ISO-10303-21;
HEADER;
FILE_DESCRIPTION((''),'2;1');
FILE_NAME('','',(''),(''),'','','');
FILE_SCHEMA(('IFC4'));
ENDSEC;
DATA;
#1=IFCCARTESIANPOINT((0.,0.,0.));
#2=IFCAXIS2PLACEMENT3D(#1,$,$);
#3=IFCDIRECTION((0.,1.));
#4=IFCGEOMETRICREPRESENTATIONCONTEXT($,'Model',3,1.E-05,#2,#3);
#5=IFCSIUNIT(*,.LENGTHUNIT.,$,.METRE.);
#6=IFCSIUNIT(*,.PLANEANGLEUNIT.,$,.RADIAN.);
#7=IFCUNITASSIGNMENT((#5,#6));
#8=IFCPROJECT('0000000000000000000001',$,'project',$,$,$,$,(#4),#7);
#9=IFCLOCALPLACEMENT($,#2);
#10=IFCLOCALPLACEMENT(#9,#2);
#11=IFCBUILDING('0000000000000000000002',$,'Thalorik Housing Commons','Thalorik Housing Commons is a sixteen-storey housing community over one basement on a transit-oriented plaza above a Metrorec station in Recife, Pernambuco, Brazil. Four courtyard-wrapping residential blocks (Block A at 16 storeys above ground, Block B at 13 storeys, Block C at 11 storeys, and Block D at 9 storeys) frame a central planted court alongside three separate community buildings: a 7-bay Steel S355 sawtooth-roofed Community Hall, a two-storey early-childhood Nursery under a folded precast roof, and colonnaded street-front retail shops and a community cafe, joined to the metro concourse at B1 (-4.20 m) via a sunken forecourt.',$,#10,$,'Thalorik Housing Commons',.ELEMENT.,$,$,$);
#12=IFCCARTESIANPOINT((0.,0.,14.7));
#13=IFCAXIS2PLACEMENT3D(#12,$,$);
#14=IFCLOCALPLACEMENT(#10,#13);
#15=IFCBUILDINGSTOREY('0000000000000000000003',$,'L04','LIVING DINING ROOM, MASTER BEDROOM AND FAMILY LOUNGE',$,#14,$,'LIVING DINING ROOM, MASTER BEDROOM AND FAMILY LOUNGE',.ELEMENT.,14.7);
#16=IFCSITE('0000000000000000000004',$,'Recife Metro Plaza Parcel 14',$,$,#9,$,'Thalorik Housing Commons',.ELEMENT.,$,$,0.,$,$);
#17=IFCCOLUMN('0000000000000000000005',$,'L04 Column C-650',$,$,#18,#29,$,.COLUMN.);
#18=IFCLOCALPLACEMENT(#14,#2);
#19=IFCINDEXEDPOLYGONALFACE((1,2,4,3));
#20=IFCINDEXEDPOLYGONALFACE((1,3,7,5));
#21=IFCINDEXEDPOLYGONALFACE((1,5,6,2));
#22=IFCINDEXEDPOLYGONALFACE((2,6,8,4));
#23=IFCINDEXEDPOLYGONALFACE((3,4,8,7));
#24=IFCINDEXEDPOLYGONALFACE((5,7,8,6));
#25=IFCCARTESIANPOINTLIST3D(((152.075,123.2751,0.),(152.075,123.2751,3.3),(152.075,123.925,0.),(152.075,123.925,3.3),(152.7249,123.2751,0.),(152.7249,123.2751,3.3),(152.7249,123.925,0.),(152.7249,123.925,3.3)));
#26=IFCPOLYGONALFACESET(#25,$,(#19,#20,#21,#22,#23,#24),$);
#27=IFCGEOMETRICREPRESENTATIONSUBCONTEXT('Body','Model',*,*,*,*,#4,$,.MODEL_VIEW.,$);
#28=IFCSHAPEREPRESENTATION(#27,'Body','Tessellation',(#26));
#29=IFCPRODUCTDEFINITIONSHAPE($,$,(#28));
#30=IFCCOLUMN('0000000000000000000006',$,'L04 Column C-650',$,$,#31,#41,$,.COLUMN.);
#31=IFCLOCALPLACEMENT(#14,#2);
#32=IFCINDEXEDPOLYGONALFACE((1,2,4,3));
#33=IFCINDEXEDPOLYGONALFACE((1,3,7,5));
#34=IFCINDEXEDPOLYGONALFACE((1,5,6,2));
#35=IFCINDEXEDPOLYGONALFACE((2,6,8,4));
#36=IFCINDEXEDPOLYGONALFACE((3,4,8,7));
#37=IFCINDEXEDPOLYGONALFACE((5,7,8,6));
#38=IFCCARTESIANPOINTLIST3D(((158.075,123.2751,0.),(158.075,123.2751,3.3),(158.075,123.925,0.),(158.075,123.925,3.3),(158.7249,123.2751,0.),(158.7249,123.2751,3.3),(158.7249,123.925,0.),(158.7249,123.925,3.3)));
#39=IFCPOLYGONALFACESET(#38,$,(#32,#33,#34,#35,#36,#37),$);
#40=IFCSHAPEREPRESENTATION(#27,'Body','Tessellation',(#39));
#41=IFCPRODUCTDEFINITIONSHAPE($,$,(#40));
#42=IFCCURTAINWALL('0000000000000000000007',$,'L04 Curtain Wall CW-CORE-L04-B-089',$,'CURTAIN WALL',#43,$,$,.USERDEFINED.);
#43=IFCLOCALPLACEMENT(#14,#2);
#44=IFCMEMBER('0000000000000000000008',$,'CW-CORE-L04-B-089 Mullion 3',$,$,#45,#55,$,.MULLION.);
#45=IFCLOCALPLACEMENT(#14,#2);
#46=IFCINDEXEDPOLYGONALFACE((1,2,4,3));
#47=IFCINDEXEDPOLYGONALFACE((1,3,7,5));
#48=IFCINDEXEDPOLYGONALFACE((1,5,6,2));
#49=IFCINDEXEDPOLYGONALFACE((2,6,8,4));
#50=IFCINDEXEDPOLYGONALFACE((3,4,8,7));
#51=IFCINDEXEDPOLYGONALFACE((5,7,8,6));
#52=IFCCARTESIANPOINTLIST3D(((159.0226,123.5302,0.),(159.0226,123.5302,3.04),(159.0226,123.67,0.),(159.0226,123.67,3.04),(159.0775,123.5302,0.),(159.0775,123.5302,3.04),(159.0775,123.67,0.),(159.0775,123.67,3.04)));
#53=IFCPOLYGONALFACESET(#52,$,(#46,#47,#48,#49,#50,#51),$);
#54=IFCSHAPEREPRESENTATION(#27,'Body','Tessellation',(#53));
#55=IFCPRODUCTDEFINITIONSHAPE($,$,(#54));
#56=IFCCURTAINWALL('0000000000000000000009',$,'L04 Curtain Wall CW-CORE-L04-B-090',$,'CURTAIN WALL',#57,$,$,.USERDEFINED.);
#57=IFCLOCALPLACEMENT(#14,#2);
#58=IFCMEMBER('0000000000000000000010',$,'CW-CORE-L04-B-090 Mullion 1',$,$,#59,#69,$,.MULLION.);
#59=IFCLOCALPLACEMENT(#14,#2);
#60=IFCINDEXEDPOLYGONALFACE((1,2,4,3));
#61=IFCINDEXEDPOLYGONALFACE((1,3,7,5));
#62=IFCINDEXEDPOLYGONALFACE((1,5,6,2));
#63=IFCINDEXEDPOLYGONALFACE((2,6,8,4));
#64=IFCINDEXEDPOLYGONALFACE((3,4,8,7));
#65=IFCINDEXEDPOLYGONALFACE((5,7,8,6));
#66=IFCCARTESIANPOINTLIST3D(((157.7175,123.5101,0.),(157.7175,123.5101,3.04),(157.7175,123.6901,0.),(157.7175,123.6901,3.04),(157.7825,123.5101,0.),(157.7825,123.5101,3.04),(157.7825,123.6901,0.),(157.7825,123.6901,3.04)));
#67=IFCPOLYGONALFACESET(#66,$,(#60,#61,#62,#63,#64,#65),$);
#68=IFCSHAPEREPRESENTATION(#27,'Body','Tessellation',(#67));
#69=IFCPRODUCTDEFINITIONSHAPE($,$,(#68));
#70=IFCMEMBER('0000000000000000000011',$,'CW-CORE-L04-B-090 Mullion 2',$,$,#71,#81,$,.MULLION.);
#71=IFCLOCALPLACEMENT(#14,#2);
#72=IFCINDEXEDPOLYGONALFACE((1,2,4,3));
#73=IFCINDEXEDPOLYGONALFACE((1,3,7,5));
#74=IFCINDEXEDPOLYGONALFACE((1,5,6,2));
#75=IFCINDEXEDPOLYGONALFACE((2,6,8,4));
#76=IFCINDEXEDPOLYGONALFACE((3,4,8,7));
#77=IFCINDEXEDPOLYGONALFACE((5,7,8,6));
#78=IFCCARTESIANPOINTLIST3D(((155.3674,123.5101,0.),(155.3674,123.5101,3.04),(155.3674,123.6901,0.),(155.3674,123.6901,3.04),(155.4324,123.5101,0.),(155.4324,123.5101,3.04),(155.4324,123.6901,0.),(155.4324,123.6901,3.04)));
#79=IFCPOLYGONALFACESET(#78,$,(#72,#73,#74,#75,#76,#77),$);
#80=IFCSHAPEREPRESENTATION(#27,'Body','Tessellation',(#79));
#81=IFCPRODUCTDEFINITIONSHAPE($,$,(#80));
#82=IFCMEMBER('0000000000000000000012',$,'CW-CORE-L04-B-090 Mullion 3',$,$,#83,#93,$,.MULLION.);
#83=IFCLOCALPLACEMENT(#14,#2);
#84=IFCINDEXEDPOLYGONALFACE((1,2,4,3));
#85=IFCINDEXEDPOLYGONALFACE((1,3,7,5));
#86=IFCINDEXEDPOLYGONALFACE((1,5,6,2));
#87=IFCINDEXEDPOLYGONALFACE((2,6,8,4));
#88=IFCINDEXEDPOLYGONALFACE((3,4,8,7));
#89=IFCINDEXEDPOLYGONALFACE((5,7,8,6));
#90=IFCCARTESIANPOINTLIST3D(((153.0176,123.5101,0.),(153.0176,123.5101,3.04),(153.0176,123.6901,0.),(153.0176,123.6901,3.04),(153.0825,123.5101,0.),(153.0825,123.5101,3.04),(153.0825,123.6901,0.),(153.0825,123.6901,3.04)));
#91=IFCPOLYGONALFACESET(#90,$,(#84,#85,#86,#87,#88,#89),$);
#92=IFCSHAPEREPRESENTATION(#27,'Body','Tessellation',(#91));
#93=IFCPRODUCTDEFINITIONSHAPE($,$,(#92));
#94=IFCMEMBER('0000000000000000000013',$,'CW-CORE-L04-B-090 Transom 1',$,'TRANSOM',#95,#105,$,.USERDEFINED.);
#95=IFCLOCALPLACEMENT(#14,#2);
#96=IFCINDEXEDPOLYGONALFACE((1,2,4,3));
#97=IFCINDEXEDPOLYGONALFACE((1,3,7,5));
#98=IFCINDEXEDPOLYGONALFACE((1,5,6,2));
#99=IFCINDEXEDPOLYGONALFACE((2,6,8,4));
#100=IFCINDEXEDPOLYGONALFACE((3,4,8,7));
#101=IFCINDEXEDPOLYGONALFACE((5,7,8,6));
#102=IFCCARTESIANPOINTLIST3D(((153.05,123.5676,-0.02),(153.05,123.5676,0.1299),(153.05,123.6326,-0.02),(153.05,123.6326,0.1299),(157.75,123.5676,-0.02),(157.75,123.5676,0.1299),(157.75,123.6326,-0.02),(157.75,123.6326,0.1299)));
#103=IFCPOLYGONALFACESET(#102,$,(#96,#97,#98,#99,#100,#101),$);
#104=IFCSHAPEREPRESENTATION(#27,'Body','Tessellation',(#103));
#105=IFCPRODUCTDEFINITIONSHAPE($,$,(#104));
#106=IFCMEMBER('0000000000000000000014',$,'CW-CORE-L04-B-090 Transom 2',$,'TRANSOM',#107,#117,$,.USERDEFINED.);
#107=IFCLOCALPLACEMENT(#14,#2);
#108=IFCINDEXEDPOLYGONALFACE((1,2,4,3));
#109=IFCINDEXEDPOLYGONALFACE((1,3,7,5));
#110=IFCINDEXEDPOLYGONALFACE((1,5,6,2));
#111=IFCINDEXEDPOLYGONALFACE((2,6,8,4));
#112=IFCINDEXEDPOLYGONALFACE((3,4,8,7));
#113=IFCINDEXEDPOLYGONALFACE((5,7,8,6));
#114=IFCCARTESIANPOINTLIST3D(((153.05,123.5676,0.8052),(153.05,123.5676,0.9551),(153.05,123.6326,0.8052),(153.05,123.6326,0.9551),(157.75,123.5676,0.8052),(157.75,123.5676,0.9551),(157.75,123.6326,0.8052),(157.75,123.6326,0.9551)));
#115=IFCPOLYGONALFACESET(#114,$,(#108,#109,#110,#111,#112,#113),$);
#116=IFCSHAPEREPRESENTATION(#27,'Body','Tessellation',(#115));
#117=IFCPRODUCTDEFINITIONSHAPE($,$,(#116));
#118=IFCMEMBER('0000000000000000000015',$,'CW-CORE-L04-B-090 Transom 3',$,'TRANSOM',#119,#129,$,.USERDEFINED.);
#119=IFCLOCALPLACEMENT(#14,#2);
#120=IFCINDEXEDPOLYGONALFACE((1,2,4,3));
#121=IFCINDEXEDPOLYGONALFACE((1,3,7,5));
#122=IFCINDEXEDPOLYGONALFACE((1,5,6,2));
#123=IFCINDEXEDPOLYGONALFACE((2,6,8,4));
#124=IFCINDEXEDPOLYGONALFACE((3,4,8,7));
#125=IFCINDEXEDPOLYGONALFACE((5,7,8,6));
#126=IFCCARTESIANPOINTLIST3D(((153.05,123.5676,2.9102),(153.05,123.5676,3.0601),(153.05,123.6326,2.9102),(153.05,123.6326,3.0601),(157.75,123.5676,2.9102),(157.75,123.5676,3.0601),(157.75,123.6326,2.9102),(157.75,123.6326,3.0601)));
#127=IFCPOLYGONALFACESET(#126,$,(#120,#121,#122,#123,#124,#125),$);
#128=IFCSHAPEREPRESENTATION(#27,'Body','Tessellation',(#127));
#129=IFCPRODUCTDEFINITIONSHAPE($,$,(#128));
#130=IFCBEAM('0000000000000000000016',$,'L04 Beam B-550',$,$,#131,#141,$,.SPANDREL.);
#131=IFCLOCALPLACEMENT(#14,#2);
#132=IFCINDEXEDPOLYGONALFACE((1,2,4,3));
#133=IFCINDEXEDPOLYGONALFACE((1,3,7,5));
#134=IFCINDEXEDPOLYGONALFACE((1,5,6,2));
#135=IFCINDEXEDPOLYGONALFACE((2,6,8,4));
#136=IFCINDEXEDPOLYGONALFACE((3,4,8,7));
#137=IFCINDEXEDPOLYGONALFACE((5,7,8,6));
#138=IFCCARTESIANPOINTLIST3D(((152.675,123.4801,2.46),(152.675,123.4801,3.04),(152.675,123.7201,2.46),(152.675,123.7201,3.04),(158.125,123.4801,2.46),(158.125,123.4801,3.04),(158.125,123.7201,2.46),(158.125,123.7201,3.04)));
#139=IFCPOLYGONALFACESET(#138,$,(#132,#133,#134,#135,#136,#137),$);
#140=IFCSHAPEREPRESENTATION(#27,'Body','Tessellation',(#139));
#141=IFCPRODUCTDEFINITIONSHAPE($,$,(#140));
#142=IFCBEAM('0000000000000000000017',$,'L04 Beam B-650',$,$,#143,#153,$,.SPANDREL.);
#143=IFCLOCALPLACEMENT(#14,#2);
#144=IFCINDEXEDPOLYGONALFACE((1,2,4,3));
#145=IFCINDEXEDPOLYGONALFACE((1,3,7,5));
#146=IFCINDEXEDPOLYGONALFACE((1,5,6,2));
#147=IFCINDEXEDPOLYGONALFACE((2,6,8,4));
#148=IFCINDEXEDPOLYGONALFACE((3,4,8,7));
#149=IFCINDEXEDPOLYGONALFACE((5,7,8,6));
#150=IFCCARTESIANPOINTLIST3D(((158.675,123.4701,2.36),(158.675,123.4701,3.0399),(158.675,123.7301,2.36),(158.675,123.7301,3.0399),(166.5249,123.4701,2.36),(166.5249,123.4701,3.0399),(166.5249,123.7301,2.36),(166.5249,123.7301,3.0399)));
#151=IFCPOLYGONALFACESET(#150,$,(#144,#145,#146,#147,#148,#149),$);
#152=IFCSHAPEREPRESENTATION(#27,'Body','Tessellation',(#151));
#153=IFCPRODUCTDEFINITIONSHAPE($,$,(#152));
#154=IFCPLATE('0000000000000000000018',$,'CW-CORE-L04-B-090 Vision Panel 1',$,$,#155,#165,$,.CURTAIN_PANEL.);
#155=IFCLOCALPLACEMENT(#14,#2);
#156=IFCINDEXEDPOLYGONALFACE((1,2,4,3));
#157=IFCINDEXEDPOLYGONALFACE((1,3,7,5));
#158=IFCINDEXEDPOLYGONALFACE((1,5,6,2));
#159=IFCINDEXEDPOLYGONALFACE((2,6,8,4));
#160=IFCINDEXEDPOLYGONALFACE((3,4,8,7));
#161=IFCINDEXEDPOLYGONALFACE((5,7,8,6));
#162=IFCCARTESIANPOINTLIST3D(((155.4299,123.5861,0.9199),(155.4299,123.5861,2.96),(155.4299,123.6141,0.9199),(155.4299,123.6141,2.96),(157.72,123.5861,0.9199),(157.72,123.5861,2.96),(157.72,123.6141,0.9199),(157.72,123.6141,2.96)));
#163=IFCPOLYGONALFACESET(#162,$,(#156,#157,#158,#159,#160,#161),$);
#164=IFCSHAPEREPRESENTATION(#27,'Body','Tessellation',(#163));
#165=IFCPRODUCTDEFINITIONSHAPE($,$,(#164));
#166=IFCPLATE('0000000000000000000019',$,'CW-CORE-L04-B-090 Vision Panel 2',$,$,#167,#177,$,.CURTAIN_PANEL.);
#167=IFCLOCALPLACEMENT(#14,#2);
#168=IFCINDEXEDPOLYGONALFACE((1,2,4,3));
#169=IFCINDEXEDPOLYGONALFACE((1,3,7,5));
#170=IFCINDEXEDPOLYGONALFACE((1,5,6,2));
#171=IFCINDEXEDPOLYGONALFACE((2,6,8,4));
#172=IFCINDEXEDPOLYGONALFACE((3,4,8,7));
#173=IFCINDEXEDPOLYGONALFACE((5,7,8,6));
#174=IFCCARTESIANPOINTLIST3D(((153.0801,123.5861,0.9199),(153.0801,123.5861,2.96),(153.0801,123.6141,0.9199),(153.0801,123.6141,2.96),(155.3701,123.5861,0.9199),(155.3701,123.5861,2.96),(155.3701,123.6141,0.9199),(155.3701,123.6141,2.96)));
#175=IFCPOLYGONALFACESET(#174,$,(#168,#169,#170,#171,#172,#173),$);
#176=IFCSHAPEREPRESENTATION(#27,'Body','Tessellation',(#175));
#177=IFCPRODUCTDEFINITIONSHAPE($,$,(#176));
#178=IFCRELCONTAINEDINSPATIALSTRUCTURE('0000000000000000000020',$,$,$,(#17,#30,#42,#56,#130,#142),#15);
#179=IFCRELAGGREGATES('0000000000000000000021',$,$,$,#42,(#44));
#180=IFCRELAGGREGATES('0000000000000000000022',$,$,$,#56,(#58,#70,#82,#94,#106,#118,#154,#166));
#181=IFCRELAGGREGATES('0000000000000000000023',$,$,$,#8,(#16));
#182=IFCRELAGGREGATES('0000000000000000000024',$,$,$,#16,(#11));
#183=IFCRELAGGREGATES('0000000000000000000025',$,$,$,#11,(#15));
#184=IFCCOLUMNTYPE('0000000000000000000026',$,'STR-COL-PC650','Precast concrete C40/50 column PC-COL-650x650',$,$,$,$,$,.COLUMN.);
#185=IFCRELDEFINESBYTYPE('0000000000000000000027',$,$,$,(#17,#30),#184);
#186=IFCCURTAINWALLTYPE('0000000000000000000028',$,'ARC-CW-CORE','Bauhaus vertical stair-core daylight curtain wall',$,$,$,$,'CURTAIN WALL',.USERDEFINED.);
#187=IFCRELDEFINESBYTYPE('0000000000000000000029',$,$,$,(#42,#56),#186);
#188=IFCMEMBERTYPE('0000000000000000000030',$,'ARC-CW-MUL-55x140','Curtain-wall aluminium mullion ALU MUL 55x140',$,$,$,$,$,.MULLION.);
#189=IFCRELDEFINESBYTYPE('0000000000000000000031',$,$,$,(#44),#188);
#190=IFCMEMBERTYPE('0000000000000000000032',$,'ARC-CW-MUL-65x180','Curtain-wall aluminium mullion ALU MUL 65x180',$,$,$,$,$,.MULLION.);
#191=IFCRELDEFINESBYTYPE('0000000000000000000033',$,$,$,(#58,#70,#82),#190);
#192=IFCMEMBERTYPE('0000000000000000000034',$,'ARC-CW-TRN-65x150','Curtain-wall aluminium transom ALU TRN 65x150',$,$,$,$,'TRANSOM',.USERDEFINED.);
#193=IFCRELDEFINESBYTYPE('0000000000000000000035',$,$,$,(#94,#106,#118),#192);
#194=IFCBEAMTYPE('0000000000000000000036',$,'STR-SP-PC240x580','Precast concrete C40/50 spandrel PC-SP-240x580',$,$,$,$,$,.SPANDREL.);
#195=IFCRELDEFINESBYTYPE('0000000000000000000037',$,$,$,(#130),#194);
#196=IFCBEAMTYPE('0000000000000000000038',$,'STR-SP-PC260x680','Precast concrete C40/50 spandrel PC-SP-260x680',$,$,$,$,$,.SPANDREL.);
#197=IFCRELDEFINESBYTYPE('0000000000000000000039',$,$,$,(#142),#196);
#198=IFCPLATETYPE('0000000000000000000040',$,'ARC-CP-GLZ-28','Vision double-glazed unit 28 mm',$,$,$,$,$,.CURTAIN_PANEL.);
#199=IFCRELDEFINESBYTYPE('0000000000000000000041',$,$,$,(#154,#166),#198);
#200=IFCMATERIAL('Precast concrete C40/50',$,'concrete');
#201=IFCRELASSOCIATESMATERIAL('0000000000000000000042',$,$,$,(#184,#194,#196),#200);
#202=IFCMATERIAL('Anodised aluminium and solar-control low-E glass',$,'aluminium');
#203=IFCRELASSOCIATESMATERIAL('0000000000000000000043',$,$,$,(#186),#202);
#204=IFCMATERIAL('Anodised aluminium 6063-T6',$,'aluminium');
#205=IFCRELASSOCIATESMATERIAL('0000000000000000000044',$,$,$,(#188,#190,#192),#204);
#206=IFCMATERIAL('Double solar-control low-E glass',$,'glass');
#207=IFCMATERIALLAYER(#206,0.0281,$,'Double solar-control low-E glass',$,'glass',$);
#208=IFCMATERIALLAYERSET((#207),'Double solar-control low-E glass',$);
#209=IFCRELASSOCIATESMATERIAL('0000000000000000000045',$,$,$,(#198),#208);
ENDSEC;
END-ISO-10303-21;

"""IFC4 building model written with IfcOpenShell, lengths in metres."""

from ifc_helpers import new_model, si_unit, direction, frame, origin, origin_2d, place, context, subcontext, project, spatial, rectangle, extrude, material, layer, layer_set, material_profile, profile_set, type_object, element, aggregate, save


model = new_model("IFC4")

# Units and contexts
model_context = context("Model", 3, precision=1e-05, world=origin(), true_north=direction((0.0, 1.0)))
body_context = subcontext(model_context, "Body", "Model", "MODEL_VIEW")
ifc_project = project(units=[si_unit("LENGTHUNIT", "METRE"), si_unit("PLANEANGLEUNIT", "RADIAN")], contexts=[model_context])

# Site, building, storey
site_placement = place(None, origin())
site = spatial("IfcSite", under=ifc_project, at=site_placement, Name="Recife Metro Plaza Parcel 14", LongName="Thalorik Housing Commons", CompositionType="ELEMENT", RefElevation=0.0)
building_placement = place(site_placement, origin())
building = spatial("IfcBuilding", under=site, at=building_placement, Name="Thalorik Housing Commons", Description="Thalorik Housing Commons is a sixteen-storey housing community over one basement on a transit-oriented plaza above a Metrorec station in Recife, Pernambuco, Brazil. Four courtyard-wrapping residential blocks (Block A at 16 storeys above ground, Block B at 13 storeys, Block C at 11 storeys, and Block D at 9 storeys) frame a central planted court alongside three separate community buildings: a 7-bay Steel S355 sawtooth-roofed Community Hall, a two-storey early-childhood Nursery under a folded precast roof, and colonnaded street-front retail shops and a community cafe, joined to the metro concourse at B1 (-4.20 m) via a sunken forecourt.", LongName="Thalorik Housing Commons", CompositionType="ELEMENT")
storey_placement = place(building_placement, frame((0.0, 0.0, 14.7)))
storey = spatial("IfcBuildingStorey", under=building, at=storey_placement, Name="L04", Description="LIVING DINING ROOM, MASTER BEDROOM AND FAMILY LOUNGE", LongName="LIVING DINING ROOM, MASTER BEDROOM AND FAMILY LOUNGE", CompositionType="ELEMENT", Elevation=14.7)

# Columns
ifc_material_1 = material(Name="Precast concrete C40/50", Category="concrete")
ifc_material_profile_1 = material_profile(ifc_material_1, rectangle(XDim=0.6499, YDim=0.6499, at=origin_2d()), Name="PC 650x650", Category="concrete")
ifc_profile_set_1 = profile_set([ifc_material_profile_1], Name="Precast concrete C40/50")
column_type = type_object("IfcColumnType", Name="STR-COL-PC650", Description="Precast concrete C40/50 column PC-COL-650x650", PredefinedType="COLUMN", material=ifc_profile_set_1)
for number, where, z_axis, x_axis, name in (
    (1, (152.3999, 123.6001, 0.0), (0.0, 0.0, 1.0), (1.0, 0.0, 0.0), "L04 Column C-650"),
    (2, (158.3999, 123.6001, 0.0), (0.0, 0.0, 1.0), (1.0, 0.0, 0.0), "L04 Column C-650"),
):
    element("IfcColumn", number, at=place(storey_placement, frame(where, z_axis=z_axis, x_axis=x_axis)), inside=storey, type_object=column_type, Name=name, PredefinedType="COLUMN", context=body_context, shape_type="SweptSolid", body=[
        extrude(rectangle(XDim=0.6499, YDim=0.6499, at=origin_2d()), origin(), (0.0, 0.0, 1.0), 3.3),
    ])

# Curtain wall, member
ifc_material_2 = material(Name="Anodised aluminium and solar-control low-E glass", Category="aluminium")
curtain_wall_type = type_object("IfcCurtainWallType", Name="ARC-CW-CORE", Description="Bauhaus vertical stair-core daylight curtain wall", ElementType="CURTAIN WALL", PredefinedType="USERDEFINED", material=ifc_material_2)
curtain_wall_1_placement = place(storey_placement, origin())
curtain_wall_1 = element("IfcCurtainWall", 3, at=curtain_wall_1_placement, inside=storey, type_object=curtain_wall_type, Name="L04 Curtain Wall CW-CORE-L04-B-089", ObjectType="CURTAIN WALL", PredefinedType="USERDEFINED")
ifc_material_3 = material(Name="Anodised aluminium 6063-T6", Category="aluminium")
ifc_material_profile_2 = material_profile(ifc_material_3, rectangle(XDim=0.0549, YDim=0.1399, at=origin_2d()), Name="ALU MUL 55x140", Category="aluminium")
ifc_profile_set_2 = profile_set([ifc_material_profile_2], Name="Anodised aluminium 6063-T6")
member_type_1 = type_object("IfcMemberType", Name="ARC-CW-MUL-55x140", Description="Curtain-wall aluminium mullion ALU MUL 55x140", PredefinedType="MULLION", material=ifc_profile_set_2)
member_1_placement = place(storey_placement, frame((159.05, 123.6001, 0.0), z_axis=(0.0, 0.0, 1.0), x_axis=(-1.0, 0.0, 0.0)))
member_1 = element("IfcMember", 4, at=member_1_placement, type_object=member_type_1, Name="CW-CORE-L04-B-089 Mullion 3", PredefinedType="MULLION", context=body_context, shape_type="SweptSolid", body=[
    extrude(rectangle(XDim=0.0549, YDim=0.1399, at=origin_2d()), origin(), (0.0, 0.0, 1.0), 3.04),
])
aggregate(curtain_wall_1, [member_1])

# Curtain wall, members
curtain_wall_2_placement = place(storey_placement, origin())
curtain_wall_2 = element("IfcCurtainWall", 5, at=curtain_wall_2_placement, inside=storey, type_object=curtain_wall_type, Name="L04 Curtain Wall CW-CORE-L04-B-090", ObjectType="CURTAIN WALL", PredefinedType="USERDEFINED")
ifc_material_profile_3 = material_profile(ifc_material_3, rectangle(XDim=0.0649, YDim=0.1799, at=origin_2d()), Name="ALU MUL 65x180", Category="aluminium")
ifc_profile_set_3 = profile_set([ifc_material_profile_3], Name="Anodised aluminium 6063-T6")
member_type_2 = type_object("IfcMemberType", Name="ARC-CW-MUL-65x180", Description="Curtain-wall aluminium mullion ALU MUL 65x180", PredefinedType="MULLION", material=ifc_profile_set_3)
member_2_placement = place(storey_placement, frame((157.75, 123.6001, 0.0), z_axis=(0.0, 0.0, 1.0), x_axis=(-1.0, 0.0, 0.0)))
member_2 = element("IfcMember", 6, at=member_2_placement, type_object=member_type_2, Name="CW-CORE-L04-B-090 Mullion 1", PredefinedType="MULLION", context=body_context, shape_type="SweptSolid", body=[
    extrude(rectangle(XDim=0.0649, YDim=0.1799, at=origin_2d()), origin(), (0.0, 0.0, 1.0), 3.04),
])
member_3_placement = place(storey_placement, frame((155.3999, 123.6001, 0.0), z_axis=(0.0, 0.0, 1.0), x_axis=(-1.0, 0.0, 0.0)))
member_3 = element("IfcMember", 7, at=member_3_placement, type_object=member_type_2, Name="CW-CORE-L04-B-090 Mullion 2", PredefinedType="MULLION", context=body_context, shape_type="SweptSolid", body=[
    extrude(rectangle(XDim=0.0649, YDim=0.1799, at=origin_2d()), origin(), (0.0, 0.0, 1.0), 3.04),
])
member_4_placement = place(storey_placement, frame((153.05, 123.6001, 0.0), z_axis=(0.0, 0.0, 1.0), x_axis=(-1.0, 0.0, 0.0)))
member_4 = element("IfcMember", 8, at=member_4_placement, type_object=member_type_2, Name="CW-CORE-L04-B-090 Mullion 3", PredefinedType="MULLION", context=body_context, shape_type="SweptSolid", body=[
    extrude(rectangle(XDim=0.0649, YDim=0.1799, at=origin_2d()), origin(), (0.0, 0.0, 1.0), 3.04),
])
ifc_material_profile_4 = material_profile(ifc_material_3, rectangle(XDim=0.0649, YDim=0.1499, at=origin_2d()), Name="ALU TRN 65x150", Category="aluminium")
ifc_profile_set_4 = profile_set([ifc_material_profile_4], Name="Anodised aluminium 6063-T6")
member_type_3 = type_object("IfcMemberType", Name="ARC-CW-TRN-65x150", Description="Curtain-wall aluminium transom ALU TRN 65x150", ElementType="TRANSOM", PredefinedType="USERDEFINED", material=ifc_profile_set_4)
member_5_placement = place(storey_placement, frame((157.75, 123.6001, 0.0549), z_axis=(-1.0, 0.0, 0.0), x_axis=(0.0, -1.0, 0.0)))
member_5 = element("IfcMember", 9, at=member_5_placement, type_object=member_type_3, Name="CW-CORE-L04-B-090 Transom 1", ObjectType="TRANSOM", PredefinedType="USERDEFINED", context=body_context, shape_type="SweptSolid", body=[
    extrude(rectangle(XDim=0.0649, YDim=0.1499, at=origin_2d()), origin(), (0.0, 0.0, 1.0), 4.7),
])
member_6_placement = place(storey_placement, frame((157.75, 123.6001, 0.8801), z_axis=(-1.0, 0.0, 0.0), x_axis=(0.0, -1.0, 0.0)))
member_6 = element("IfcMember", 10, at=member_6_placement, type_object=member_type_3, Name="CW-CORE-L04-B-090 Transom 2", ObjectType="TRANSOM", PredefinedType="USERDEFINED", context=body_context, shape_type="SweptSolid", body=[
    extrude(rectangle(XDim=0.0649, YDim=0.1499, at=origin_2d()), origin(), (0.0, 0.0, 1.0), 4.7),
])
member_7_placement = place(storey_placement, frame((157.75, 123.6001, 2.9851), z_axis=(-1.0, 0.0, 0.0), x_axis=(0.0, -1.0, 0.0)))
member_7 = element("IfcMember", 11, at=member_7_placement, type_object=member_type_3, Name="CW-CORE-L04-B-090 Transom 3", ObjectType="TRANSOM", PredefinedType="USERDEFINED", context=body_context, shape_type="SweptSolid", body=[
    extrude(rectangle(XDim=0.0649, YDim=0.1499, at=origin_2d()), origin(), (0.0, 0.0, 1.0), 4.7),
])

# Beams
ifc_material_profile_5 = material_profile(ifc_material_1, rectangle(XDim=0.24, YDim=0.5801, at=origin_2d()), Name="PC SP 240x580", Category="concrete")
ifc_profile_set_5 = profile_set([ifc_material_profile_5], Name="Precast concrete C40/50")
beam_type_1 = type_object("IfcBeamType", Name="STR-SP-PC240x580", Description="Precast concrete C40/50 spandrel PC-SP-240x580", PredefinedType="SPANDREL", material=ifc_profile_set_5)
beam_1_placement = place(storey_placement, frame((152.675, 123.6001, 2.75), z_axis=(1.0, 0.0, 0.0), x_axis=(0.0, 1.0, 0.0)))
element("IfcBeam", 12, at=beam_1_placement, inside=storey, type_object=beam_type_1, Name="L04 Beam B-550", PredefinedType="SPANDREL", context=body_context, shape_type="SweptSolid", body=[
    extrude(rectangle(XDim=0.24, YDim=0.5801, at=origin_2d()), origin(), (0.0, 0.0, 1.0), 5.45),
])
ifc_material_profile_6 = material_profile(ifc_material_1, rectangle(XDim=0.26, YDim=0.6799, at=origin_2d()), Name="PC SP 260x680", Category="concrete")
ifc_profile_set_6 = profile_set([ifc_material_profile_6], Name="Precast concrete C40/50")
beam_type_2 = type_object("IfcBeamType", Name="STR-SP-PC260x680", Description="Precast concrete C40/50 spandrel PC-SP-260x680", PredefinedType="SPANDREL", material=ifc_profile_set_6)
beam_2_placement = place(storey_placement, frame((158.675, 123.6001, 2.7), z_axis=(1.0, 0.0, 0.0), x_axis=(0.0, 1.0, 0.0)))
element("IfcBeam", 13, at=beam_2_placement, inside=storey, type_object=beam_type_2, Name="L04 Beam B-650", PredefinedType="SPANDREL", context=body_context, shape_type="SweptSolid", body=[
    extrude(rectangle(XDim=0.26, YDim=0.6799, at=origin_2d()), origin(), (0.0, 0.0, 1.0), 7.8499),
])

# Plates
ifc_material_4 = material(Name="Double solar-control low-E glass", Category="glass")
ifc_layer_1 = layer(ifc_material_4, 0.0281, Name="Double solar-control low-E glass", Category="glass")
ifc_layer_set_1 = layer_set([ifc_layer_1], Name="Double solar-control low-E glass")
plate_type_1 = type_object("IfcPlateType", Name="ARC-CP-GLZ-28", Description="Vision double-glazed unit 28 mm", PredefinedType="CURTAIN_PANEL", material=ifc_layer_set_1)
plate_1_placement = place(storey_placement, frame((156.575, 123.6001, 0.9199), z_axis=(0.0, 0.0, 1.0), x_axis=(-1.0, 0.0, 0.0)))
plate_1 = element("IfcPlate", 14, at=plate_1_placement, type_object=plate_type_1, Name="CW-CORE-L04-B-090 Vision Panel 1", PredefinedType="CURTAIN_PANEL", context=body_context, shape_type="SweptSolid", body=[
    extrude(rectangle(XDim=2.29, YDim=0.0281, at=origin_2d()), origin(), (0.0, 0.0, 1.0), 2.04),
])
plate_2_placement = place(storey_placement, frame((154.2251, 123.6001, 0.9199), z_axis=(0.0, 0.0, 1.0), x_axis=(-1.0, 0.0, 0.0)))
plate_2 = element("IfcPlate", 15, at=plate_2_placement, type_object=plate_type_1, Name="CW-CORE-L04-B-090 Vision Panel 2", PredefinedType="CURTAIN_PANEL", context=body_context, shape_type="SweptSolid", body=[
    extrude(rectangle(XDim=2.29, YDim=0.0281, at=origin_2d()), origin(), (0.0, 0.0, 1.0), 2.04),
])
aggregate(curtain_wall_2, [member_2, member_3, member_4, member_5, member_6, member_7, plate_1, plate_2])

save(model, "model.ifc")
